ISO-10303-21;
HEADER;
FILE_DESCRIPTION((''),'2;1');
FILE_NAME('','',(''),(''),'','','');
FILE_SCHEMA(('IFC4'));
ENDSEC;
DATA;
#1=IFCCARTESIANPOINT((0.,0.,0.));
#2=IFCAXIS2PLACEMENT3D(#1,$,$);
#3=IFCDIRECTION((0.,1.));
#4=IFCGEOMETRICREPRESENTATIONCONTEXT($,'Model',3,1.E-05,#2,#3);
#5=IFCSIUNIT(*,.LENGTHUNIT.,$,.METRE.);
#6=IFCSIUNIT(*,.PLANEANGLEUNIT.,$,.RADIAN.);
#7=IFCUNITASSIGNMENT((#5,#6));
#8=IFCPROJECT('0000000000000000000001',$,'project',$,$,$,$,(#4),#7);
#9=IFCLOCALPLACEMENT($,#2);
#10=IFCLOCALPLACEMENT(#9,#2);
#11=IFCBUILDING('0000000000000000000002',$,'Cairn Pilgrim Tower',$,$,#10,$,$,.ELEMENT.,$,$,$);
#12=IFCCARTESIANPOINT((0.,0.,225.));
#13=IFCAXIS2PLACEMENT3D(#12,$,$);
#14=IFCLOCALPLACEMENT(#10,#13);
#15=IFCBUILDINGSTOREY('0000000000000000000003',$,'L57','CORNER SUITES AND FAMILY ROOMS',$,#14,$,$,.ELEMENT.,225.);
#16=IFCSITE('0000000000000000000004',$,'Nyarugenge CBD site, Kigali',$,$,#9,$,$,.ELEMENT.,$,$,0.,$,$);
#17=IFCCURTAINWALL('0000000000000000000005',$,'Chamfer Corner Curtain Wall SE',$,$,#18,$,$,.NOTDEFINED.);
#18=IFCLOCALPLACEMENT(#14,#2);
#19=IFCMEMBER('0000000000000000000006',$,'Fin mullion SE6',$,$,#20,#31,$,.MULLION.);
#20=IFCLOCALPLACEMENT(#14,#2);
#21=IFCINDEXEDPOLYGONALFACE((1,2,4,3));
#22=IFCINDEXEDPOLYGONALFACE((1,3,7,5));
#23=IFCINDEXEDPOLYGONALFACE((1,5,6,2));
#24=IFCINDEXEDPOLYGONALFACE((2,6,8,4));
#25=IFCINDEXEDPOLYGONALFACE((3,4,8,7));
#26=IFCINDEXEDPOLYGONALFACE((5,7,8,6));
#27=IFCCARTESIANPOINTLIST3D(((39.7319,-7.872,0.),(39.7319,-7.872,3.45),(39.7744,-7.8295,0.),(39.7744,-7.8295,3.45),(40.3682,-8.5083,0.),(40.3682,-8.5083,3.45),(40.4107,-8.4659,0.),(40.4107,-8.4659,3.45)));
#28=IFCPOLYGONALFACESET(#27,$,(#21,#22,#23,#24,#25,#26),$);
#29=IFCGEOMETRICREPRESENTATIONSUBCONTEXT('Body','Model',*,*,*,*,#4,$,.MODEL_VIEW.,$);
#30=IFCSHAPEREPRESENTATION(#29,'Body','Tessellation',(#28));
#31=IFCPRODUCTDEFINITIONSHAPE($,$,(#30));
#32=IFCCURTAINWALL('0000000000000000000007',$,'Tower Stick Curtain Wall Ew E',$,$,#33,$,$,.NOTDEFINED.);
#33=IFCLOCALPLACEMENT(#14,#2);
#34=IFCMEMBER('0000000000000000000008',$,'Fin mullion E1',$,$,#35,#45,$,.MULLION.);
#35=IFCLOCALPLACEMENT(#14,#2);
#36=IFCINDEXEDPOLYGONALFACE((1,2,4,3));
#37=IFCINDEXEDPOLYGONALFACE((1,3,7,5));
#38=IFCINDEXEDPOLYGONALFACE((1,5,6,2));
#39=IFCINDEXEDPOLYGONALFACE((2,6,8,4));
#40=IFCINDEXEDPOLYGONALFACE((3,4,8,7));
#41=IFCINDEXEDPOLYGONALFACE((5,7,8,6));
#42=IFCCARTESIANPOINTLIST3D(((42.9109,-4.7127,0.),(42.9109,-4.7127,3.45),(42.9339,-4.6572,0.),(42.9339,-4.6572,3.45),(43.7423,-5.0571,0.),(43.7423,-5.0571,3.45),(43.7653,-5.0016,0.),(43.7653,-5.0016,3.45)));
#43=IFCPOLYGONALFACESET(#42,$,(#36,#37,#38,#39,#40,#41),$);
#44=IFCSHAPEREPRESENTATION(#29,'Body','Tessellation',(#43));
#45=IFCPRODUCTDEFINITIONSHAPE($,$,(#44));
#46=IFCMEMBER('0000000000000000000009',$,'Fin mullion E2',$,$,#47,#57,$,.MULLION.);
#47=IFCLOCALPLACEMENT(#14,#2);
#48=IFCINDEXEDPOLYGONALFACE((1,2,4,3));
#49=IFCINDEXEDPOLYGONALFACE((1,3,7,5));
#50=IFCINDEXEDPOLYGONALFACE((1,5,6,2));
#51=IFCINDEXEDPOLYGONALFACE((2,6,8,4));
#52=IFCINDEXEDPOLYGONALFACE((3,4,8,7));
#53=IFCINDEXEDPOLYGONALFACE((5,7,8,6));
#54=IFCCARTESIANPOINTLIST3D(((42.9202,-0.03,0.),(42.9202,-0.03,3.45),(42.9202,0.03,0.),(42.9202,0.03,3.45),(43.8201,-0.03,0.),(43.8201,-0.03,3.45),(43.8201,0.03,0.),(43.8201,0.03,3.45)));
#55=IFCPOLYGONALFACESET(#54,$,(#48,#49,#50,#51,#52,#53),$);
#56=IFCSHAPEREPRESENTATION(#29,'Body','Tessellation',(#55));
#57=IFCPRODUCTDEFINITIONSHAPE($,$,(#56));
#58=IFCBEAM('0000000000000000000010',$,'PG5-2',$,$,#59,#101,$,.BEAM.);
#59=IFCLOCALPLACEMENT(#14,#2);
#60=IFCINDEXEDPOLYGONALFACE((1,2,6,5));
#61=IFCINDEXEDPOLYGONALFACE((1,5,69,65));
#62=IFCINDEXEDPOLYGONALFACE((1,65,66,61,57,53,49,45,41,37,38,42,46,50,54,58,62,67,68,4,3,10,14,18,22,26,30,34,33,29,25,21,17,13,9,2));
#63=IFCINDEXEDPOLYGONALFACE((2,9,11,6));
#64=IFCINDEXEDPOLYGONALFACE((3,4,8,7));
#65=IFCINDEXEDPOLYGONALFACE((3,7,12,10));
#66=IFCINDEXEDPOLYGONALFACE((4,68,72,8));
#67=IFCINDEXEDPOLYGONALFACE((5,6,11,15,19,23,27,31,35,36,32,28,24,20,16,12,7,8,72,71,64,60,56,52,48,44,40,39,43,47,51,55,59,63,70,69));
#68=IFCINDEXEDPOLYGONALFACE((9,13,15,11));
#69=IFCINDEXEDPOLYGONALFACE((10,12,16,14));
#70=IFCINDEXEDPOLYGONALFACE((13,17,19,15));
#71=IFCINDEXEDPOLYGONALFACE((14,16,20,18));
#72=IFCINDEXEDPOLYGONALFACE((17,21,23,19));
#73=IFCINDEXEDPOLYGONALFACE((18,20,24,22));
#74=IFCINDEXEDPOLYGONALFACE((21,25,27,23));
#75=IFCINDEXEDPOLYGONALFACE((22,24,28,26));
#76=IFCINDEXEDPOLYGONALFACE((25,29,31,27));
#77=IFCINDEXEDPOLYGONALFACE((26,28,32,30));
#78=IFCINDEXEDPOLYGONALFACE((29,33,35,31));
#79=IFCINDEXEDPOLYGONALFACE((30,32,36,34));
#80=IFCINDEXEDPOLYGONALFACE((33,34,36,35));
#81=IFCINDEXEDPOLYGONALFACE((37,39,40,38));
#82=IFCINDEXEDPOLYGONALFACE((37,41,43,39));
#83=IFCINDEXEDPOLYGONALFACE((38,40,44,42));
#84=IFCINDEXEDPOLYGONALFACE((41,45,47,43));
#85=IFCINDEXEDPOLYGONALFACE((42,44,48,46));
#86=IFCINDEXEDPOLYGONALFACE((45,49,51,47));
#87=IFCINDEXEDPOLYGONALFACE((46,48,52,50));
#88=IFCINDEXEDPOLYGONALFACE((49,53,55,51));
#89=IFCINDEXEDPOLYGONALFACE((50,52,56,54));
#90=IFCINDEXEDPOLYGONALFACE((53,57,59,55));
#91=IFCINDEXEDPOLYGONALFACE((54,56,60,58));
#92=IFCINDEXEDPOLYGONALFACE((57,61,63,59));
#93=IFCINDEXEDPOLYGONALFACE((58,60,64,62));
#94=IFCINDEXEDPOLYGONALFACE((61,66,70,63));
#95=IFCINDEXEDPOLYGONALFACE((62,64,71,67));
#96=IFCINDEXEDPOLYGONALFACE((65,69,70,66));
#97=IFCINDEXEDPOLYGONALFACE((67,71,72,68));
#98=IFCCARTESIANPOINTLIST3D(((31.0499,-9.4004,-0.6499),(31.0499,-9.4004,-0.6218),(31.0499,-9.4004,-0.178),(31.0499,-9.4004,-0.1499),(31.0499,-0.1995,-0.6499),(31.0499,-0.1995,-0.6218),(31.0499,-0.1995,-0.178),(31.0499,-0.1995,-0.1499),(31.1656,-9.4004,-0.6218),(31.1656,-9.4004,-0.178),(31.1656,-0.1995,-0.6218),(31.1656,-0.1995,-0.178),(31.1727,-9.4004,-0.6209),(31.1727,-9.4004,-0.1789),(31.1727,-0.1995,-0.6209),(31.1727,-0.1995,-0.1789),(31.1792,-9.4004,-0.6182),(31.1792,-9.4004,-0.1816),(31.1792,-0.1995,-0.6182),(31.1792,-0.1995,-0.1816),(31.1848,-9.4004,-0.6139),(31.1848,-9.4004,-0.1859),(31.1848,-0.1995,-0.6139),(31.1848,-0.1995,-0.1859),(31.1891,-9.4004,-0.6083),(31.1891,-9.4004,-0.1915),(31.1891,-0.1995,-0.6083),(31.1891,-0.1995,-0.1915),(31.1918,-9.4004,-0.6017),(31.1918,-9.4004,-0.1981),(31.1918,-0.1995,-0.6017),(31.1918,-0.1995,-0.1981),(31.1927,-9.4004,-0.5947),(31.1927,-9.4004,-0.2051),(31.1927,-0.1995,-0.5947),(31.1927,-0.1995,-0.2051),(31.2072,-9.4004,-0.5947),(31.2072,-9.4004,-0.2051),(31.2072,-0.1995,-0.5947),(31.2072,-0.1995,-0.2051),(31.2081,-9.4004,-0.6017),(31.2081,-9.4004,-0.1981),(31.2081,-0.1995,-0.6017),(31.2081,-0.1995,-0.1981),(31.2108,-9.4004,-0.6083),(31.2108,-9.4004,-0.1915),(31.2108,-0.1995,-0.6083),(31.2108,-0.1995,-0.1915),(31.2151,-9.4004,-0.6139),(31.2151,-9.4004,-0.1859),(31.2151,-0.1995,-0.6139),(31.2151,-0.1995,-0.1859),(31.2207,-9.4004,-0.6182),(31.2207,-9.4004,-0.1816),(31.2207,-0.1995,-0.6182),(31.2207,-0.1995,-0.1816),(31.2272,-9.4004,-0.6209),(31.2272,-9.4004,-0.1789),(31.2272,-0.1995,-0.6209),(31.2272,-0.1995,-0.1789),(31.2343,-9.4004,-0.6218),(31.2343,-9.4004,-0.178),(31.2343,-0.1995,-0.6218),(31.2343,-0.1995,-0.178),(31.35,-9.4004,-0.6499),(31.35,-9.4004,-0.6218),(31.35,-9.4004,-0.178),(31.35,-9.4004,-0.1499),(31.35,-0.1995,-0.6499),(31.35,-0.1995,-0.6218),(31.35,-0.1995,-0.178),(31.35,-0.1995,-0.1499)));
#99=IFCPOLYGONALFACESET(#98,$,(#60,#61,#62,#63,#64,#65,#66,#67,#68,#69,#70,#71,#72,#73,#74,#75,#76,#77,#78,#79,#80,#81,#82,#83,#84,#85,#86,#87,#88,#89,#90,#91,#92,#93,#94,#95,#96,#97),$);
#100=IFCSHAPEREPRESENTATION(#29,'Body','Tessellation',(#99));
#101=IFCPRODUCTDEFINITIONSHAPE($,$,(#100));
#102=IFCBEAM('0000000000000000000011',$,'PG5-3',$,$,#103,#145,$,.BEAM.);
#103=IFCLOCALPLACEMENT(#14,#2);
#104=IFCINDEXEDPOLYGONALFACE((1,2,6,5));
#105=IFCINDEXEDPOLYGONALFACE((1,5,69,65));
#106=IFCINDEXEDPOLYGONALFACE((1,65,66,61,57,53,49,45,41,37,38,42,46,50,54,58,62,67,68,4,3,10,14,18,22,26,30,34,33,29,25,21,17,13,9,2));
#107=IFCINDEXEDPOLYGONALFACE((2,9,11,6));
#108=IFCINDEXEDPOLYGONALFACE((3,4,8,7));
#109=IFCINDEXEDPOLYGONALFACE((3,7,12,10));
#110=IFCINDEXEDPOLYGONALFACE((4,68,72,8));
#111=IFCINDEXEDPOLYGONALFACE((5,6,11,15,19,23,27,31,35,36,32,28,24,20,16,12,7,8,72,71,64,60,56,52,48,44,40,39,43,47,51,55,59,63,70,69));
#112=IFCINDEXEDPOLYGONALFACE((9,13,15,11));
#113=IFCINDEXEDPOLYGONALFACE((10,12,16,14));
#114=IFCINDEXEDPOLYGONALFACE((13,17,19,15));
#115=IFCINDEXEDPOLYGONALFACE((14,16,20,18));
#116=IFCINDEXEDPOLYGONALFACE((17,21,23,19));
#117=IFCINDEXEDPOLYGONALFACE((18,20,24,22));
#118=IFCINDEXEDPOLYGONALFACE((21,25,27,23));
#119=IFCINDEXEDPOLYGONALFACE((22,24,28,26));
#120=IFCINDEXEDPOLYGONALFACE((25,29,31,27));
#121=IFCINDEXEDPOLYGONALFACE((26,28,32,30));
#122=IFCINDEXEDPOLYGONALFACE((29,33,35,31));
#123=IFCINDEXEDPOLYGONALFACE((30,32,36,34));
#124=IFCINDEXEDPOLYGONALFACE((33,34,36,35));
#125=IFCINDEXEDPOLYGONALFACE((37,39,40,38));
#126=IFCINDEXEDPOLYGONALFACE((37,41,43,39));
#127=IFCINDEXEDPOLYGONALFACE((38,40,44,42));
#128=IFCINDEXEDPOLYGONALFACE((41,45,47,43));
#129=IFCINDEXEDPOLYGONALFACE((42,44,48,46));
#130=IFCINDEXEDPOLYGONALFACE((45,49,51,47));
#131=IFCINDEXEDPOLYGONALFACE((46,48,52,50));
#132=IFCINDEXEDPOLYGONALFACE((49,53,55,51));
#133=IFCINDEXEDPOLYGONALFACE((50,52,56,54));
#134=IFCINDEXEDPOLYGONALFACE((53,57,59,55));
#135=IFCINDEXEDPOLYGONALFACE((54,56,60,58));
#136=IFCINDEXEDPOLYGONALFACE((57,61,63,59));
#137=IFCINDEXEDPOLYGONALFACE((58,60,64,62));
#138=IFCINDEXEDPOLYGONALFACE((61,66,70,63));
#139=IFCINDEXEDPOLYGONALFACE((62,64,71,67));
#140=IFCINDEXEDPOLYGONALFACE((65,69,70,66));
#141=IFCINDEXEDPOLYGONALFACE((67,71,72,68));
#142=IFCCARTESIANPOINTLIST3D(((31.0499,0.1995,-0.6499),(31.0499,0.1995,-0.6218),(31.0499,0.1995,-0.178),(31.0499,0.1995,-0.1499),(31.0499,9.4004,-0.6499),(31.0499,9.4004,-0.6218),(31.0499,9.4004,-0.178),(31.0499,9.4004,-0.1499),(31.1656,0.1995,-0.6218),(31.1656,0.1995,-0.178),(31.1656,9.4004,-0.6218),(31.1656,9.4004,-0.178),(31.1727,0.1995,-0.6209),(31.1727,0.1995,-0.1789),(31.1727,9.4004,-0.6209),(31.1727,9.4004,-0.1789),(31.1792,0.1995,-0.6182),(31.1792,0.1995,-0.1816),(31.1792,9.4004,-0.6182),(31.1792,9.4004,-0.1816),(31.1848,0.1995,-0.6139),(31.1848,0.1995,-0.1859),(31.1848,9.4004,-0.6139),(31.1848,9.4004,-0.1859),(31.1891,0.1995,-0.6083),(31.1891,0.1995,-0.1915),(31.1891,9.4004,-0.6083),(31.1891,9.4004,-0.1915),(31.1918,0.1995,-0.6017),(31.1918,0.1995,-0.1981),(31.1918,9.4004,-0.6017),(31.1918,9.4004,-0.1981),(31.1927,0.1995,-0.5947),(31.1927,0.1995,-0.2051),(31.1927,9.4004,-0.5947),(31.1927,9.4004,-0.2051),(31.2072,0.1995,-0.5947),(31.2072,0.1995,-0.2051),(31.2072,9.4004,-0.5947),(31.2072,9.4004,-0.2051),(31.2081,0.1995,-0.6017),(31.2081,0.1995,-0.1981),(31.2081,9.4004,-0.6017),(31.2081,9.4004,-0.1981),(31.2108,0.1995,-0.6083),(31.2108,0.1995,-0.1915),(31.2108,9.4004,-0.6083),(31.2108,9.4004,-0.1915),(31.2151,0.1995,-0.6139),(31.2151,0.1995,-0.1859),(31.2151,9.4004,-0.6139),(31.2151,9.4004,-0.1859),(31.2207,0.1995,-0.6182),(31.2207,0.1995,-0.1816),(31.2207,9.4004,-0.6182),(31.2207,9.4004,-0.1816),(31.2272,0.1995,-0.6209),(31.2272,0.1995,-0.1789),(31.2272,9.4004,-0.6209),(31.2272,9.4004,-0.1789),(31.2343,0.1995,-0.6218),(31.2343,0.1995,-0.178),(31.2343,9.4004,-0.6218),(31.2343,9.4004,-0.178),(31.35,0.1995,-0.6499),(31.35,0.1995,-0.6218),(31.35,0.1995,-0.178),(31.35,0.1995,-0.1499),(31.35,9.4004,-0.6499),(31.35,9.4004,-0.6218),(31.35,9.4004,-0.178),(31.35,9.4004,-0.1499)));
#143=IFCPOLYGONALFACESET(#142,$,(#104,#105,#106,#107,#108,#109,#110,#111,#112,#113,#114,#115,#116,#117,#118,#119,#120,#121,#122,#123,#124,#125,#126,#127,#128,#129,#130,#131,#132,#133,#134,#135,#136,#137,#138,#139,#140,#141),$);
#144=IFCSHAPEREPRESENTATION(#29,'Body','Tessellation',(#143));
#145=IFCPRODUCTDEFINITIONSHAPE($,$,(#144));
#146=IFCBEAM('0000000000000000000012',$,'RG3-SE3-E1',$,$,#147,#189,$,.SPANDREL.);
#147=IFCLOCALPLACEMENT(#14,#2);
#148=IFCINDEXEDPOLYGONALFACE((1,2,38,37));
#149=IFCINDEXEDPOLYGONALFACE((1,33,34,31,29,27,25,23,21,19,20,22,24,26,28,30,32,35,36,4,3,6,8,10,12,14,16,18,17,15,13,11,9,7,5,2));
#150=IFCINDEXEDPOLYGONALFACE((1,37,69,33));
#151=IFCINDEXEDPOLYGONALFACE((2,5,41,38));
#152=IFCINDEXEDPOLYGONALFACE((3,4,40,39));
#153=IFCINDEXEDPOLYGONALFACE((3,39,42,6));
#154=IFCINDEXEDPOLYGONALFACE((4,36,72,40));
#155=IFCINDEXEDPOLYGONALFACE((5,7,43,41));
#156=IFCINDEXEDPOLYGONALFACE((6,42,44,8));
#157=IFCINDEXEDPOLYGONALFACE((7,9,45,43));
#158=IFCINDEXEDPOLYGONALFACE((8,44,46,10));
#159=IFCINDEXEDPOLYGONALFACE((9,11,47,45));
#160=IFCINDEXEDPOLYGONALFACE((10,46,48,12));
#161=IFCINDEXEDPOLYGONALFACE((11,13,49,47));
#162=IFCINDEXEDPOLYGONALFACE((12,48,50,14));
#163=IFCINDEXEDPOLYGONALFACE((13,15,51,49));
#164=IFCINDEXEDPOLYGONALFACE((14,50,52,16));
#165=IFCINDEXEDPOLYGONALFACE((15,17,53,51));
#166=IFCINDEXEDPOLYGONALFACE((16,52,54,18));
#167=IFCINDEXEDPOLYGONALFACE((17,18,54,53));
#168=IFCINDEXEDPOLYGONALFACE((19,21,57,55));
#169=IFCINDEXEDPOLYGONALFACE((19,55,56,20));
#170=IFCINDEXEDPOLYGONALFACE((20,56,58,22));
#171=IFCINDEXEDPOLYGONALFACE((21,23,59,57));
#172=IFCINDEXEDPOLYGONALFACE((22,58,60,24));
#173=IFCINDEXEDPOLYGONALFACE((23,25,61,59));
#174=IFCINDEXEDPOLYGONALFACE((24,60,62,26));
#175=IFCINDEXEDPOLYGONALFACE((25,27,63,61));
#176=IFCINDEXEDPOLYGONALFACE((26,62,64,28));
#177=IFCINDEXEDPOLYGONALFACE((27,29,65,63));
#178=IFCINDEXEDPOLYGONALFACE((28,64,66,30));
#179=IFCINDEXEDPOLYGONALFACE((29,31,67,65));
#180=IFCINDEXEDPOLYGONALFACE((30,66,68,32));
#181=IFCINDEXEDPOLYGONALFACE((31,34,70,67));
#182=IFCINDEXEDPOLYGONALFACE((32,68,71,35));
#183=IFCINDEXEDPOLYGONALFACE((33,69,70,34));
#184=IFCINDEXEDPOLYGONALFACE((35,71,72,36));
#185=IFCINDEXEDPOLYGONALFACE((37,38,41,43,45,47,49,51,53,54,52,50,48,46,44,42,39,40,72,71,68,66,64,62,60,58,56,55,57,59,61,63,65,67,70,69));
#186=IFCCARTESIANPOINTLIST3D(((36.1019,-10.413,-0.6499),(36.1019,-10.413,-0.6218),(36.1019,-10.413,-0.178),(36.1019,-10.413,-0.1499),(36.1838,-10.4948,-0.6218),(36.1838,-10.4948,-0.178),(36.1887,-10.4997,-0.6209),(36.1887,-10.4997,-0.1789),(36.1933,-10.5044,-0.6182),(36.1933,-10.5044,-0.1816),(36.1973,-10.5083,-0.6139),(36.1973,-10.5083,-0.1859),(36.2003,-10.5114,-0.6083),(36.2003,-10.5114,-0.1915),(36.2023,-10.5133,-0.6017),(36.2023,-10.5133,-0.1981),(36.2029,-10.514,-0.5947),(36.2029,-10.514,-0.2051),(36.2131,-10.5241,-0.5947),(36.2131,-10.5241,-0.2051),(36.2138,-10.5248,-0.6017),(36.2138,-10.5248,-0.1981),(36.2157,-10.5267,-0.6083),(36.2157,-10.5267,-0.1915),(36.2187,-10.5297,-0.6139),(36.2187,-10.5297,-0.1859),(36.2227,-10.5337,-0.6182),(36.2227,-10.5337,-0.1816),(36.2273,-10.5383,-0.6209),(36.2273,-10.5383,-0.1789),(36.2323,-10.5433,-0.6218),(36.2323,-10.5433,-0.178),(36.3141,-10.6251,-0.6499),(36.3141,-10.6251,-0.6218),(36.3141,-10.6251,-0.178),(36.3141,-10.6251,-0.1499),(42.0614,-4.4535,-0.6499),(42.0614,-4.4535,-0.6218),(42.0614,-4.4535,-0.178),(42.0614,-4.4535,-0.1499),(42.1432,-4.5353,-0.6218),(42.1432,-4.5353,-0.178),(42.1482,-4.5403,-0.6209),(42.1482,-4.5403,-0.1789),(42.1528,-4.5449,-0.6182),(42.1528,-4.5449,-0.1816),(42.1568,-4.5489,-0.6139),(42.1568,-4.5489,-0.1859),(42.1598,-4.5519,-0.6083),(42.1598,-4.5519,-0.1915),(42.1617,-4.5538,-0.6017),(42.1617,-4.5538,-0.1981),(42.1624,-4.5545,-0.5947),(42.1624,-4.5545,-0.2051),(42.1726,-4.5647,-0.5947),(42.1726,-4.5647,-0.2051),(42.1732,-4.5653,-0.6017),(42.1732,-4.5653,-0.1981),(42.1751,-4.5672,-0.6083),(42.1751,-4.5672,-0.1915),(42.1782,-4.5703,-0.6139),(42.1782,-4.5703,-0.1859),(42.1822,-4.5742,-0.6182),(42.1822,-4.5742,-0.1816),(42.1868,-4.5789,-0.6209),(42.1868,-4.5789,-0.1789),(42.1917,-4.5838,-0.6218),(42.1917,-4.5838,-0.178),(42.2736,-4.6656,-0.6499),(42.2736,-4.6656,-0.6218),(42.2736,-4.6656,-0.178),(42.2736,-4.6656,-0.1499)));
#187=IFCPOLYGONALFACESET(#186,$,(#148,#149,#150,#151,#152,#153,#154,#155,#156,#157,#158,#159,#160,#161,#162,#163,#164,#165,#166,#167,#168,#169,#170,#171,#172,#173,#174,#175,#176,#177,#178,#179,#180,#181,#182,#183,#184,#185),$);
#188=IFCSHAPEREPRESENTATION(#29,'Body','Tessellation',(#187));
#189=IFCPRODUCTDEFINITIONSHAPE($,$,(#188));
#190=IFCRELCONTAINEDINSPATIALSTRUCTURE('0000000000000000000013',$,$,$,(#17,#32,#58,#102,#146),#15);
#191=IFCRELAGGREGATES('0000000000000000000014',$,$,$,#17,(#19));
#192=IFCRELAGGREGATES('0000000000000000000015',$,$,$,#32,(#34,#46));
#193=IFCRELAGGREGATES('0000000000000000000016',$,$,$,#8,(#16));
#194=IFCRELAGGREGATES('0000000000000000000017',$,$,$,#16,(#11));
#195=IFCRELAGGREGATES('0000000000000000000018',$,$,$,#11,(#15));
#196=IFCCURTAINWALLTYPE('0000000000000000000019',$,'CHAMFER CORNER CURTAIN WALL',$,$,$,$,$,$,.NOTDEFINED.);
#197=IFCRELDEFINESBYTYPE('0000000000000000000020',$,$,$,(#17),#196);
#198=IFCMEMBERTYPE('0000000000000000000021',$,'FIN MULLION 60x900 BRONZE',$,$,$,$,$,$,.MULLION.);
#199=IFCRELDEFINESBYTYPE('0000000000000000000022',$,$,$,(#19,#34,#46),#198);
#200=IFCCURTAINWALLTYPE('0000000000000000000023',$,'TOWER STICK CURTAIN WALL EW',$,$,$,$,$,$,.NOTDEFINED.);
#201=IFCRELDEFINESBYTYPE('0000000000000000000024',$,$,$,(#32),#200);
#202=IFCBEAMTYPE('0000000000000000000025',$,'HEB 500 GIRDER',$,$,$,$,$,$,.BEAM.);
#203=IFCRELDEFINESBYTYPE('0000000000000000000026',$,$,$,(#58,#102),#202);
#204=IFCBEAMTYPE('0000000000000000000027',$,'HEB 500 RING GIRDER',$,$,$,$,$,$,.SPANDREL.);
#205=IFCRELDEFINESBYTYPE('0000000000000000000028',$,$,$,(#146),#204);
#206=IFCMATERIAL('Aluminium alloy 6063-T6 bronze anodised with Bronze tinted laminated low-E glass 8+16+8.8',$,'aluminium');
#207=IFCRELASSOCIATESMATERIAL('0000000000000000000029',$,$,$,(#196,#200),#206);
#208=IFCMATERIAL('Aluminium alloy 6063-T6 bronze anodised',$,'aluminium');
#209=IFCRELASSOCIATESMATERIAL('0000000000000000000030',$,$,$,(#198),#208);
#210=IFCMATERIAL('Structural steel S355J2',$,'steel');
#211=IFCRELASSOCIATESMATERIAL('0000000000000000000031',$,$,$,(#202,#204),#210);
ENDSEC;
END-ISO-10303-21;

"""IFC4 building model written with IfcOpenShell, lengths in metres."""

from ifc_helpers import new_model, si_unit, direction, frame, origin, origin_2d, place, context, subcontext, project, spatial, rectangle, i_section, extrude, material, material_profile, profile_set, type_object, element, aggregate, save


model = new_model("IFC4")

# Units and contexts
model_context = context("Model", 3, precision=1e-05, world=origin(), true_north=direction((0.0, 1.0)))
body_context = subcontext(model_context, "Body", "Model", "MODEL_VIEW")
ifc_project = project(units=[si_unit("LENGTHUNIT", "METRE"), si_unit("PLANEANGLEUNIT", "RADIAN")], contexts=[model_context])

# Site, building, storey
site_placement = place(None, origin())
site = spatial("IfcSite", under=ifc_project, at=site_placement, Name="Nyarugenge CBD site, Kigali", CompositionType="ELEMENT", RefElevation=0.0)
building_placement = place(site_placement, origin())
building = spatial("IfcBuilding", under=site, at=building_placement, Name="Cairn Pilgrim Tower", CompositionType="ELEMENT")
storey_placement = place(building_placement, frame((0.0, 0.0, 225.0)))
storey = spatial("IfcBuildingStorey", under=building, at=storey_placement, Name="L57", Description="CORNER SUITES AND FAMILY ROOMS", CompositionType="ELEMENT", Elevation=225.0)

# Shared definitions
ifc_material_1 = material(Name="Structural steel S355J2", Category="steel")

# Curtain wall, member
ifc_material_2 = material(Name="Aluminium alloy 6063-T6 bronze anodised with Bronze tinted laminated low-E glass 8+16+8.8", Category="aluminium")
curtain_wall_type_1 = type_object("IfcCurtainWallType", Name="CHAMFER CORNER CURTAIN WALL", PredefinedType="NOTDEFINED", material=ifc_material_2)
curtain_wall_1_placement = place(storey_placement, origin())
curtain_wall_1 = element("IfcCurtainWall", 1, at=curtain_wall_1_placement, inside=storey, type_object=curtain_wall_type_1, Name="Chamfer Corner Curtain Wall SE", PredefinedType="NOTDEFINED")
ifc_material_3 = material(Name="Aluminium alloy 6063-T6 bronze anodised", Category="aluminium")
ifc_material_profile_1 = material_profile(ifc_material_3, rectangle(XDim=0.8999, YDim=0.0601, at=origin_2d()), Name="FIN MULLION 60x900 BRONZE")
ifc_profile_set_1 = profile_set([ifc_material_profile_1], Name="Aluminium alloy 6063-T6 bronze anodised")
member_type_1 = type_object("IfcMemberType", Name="FIN MULLION 60x900 BRONZE", PredefinedType="MULLION", material=ifc_profile_set_1)
member_1_placement = place(storey_placement, frame((40.0713, -8.1689, 0.0), z_axis=(0.0, 0.0, 1.0), x_axis=(0.707107, -0.707107, 0.0)))
member_1 = element("IfcMember", 2, at=member_1_placement, type_object=member_type_1, Name="Fin mullion SE6", PredefinedType="MULLION", context=body_context, shape_type="SweptSolid", body=[
    extrude(rectangle(XDim=0.8999, YDim=0.0601, at=origin_2d()), origin(), (0.0, 0.0, 1.0), 3.45),
])
aggregate(curtain_wall_1, [member_1])

# Curtain wall, members
curtain_wall_type_2 = type_object("IfcCurtainWallType", Name="TOWER STICK CURTAIN WALL EW", PredefinedType="NOTDEFINED", material=ifc_material_2)
curtain_wall_2_placement = place(storey_placement, origin())
curtain_wall_2 = element("IfcCurtainWall", 3, at=curtain_wall_2_placement, inside=storey, type_object=curtain_wall_type_2, Name="Tower Stick Curtain Wall Ew E", PredefinedType="NOTDEFINED")
member_2_placement = place(storey_placement, frame((43.3381, -4.8572, 0.0), z_axis=(0.0, 0.0, 1.0), x_axis=(0.92388, -0.382683, 0.0)))
member_2 = element("IfcMember", 4, at=member_2_placement, type_object=member_type_1, Name="Fin mullion E1", PredefinedType="MULLION", context=body_context, shape_type="SweptSolid", body=[
    extrude(rectangle(XDim=0.8999, YDim=0.0601, at=origin_2d()), origin(), (0.0, 0.0, 1.0), 3.45),
])
member_3_placement = place(storey_placement, frame((43.3701, 0.0, 0.0), z_axis=(0.0, 0.0, 1.0), x_axis=(1.0, 0.0, 0.0)))
member_3 = element("IfcMember", 5, at=member_3_placement, type_object=member_type_1, Name="Fin mullion E2", PredefinedType="MULLION", context=body_context, shape_type="SweptSolid", body=[
    extrude(rectangle(XDim=0.8999, YDim=0.0601, at=origin_2d()), origin(), (0.0, 0.0, 1.0), 3.45),
])

# Beams
ifc_material_profile_2 = material_profile(ifc_material_1, i_section(OverallWidth=0.3, OverallDepth=0.5, WebThickness=0.0144, FlangeThickness=0.0281, FilletRadius=0.0271, at=origin_2d()), Name="HEB 500")
ifc_profile_set_2 = profile_set([ifc_material_profile_2], Name="Structural steel S355J2")
beam_type_1 = type_object("IfcBeamType", Name="HEB 500 GIRDER", PredefinedType="BEAM", material=ifc_profile_set_2)
for number, where, z_axis, x_axis, name in (
    (6, (31.2, -9.4004, -0.3999), (0.0, 1.0, 0.0), (-1.0, 0.0, 0.0), "PG5-2"),
    (7, (31.2, 0.1995, -0.3999), (0.0, 1.0, 0.0), (-1.0, 0.0, 0.0), "PG5-3"),
):
    element("IfcBeam", number, at=place(storey_placement, frame(where, z_axis=z_axis, x_axis=x_axis)), inside=storey, type_object=beam_type_1, Name=name, PredefinedType="BEAM", context=body_context, shape_type="SweptSolid", body=[
        extrude(i_section(OverallWidth=0.3, OverallDepth=0.5, WebThickness=0.0144, FlangeThickness=0.0281, FilletRadius=0.0271, at=origin_2d()), origin(), (0.0, 0.0, 1.0), 9.2009),
    ])
ifc_material_profile_3 = material_profile(ifc_material_1, i_section(OverallWidth=0.3, OverallDepth=0.5, WebThickness=0.0144, FlangeThickness=0.0281, FilletRadius=0.0271, at=origin_2d()), Name="HEB 500")
ifc_profile_set_3 = profile_set([ifc_material_profile_3], Name="Structural steel S355J2")
beam_type_2 = type_object("IfcBeamType", Name="HEB 500 RING GIRDER", PredefinedType="SPANDREL", material=ifc_profile_set_3)
beam_1_placement = place(storey_placement, frame((36.208, -10.519, -0.3999), z_axis=(0.707107, 0.707107, 0.0), x_axis=(-0.707107, 0.707107, 0.0)))
element("IfcBeam", 8, at=beam_1_placement, inside=storey, type_object=beam_type_2, Name="RG3-SE3-E1", PredefinedType="SPANDREL", context=body_context, shape_type="SweptSolid", body=[
    extrude(i_section(OverallWidth=0.3, OverallDepth=0.5, WebThickness=0.0144, FlangeThickness=0.0281, FilletRadius=0.0271, at=origin_2d()), origin(), (0.0, 0.0, 1.0), 8.428),
])

aggregate(curtain_wall_2, [member_2, member_3])

save(model, "model.ifc")
